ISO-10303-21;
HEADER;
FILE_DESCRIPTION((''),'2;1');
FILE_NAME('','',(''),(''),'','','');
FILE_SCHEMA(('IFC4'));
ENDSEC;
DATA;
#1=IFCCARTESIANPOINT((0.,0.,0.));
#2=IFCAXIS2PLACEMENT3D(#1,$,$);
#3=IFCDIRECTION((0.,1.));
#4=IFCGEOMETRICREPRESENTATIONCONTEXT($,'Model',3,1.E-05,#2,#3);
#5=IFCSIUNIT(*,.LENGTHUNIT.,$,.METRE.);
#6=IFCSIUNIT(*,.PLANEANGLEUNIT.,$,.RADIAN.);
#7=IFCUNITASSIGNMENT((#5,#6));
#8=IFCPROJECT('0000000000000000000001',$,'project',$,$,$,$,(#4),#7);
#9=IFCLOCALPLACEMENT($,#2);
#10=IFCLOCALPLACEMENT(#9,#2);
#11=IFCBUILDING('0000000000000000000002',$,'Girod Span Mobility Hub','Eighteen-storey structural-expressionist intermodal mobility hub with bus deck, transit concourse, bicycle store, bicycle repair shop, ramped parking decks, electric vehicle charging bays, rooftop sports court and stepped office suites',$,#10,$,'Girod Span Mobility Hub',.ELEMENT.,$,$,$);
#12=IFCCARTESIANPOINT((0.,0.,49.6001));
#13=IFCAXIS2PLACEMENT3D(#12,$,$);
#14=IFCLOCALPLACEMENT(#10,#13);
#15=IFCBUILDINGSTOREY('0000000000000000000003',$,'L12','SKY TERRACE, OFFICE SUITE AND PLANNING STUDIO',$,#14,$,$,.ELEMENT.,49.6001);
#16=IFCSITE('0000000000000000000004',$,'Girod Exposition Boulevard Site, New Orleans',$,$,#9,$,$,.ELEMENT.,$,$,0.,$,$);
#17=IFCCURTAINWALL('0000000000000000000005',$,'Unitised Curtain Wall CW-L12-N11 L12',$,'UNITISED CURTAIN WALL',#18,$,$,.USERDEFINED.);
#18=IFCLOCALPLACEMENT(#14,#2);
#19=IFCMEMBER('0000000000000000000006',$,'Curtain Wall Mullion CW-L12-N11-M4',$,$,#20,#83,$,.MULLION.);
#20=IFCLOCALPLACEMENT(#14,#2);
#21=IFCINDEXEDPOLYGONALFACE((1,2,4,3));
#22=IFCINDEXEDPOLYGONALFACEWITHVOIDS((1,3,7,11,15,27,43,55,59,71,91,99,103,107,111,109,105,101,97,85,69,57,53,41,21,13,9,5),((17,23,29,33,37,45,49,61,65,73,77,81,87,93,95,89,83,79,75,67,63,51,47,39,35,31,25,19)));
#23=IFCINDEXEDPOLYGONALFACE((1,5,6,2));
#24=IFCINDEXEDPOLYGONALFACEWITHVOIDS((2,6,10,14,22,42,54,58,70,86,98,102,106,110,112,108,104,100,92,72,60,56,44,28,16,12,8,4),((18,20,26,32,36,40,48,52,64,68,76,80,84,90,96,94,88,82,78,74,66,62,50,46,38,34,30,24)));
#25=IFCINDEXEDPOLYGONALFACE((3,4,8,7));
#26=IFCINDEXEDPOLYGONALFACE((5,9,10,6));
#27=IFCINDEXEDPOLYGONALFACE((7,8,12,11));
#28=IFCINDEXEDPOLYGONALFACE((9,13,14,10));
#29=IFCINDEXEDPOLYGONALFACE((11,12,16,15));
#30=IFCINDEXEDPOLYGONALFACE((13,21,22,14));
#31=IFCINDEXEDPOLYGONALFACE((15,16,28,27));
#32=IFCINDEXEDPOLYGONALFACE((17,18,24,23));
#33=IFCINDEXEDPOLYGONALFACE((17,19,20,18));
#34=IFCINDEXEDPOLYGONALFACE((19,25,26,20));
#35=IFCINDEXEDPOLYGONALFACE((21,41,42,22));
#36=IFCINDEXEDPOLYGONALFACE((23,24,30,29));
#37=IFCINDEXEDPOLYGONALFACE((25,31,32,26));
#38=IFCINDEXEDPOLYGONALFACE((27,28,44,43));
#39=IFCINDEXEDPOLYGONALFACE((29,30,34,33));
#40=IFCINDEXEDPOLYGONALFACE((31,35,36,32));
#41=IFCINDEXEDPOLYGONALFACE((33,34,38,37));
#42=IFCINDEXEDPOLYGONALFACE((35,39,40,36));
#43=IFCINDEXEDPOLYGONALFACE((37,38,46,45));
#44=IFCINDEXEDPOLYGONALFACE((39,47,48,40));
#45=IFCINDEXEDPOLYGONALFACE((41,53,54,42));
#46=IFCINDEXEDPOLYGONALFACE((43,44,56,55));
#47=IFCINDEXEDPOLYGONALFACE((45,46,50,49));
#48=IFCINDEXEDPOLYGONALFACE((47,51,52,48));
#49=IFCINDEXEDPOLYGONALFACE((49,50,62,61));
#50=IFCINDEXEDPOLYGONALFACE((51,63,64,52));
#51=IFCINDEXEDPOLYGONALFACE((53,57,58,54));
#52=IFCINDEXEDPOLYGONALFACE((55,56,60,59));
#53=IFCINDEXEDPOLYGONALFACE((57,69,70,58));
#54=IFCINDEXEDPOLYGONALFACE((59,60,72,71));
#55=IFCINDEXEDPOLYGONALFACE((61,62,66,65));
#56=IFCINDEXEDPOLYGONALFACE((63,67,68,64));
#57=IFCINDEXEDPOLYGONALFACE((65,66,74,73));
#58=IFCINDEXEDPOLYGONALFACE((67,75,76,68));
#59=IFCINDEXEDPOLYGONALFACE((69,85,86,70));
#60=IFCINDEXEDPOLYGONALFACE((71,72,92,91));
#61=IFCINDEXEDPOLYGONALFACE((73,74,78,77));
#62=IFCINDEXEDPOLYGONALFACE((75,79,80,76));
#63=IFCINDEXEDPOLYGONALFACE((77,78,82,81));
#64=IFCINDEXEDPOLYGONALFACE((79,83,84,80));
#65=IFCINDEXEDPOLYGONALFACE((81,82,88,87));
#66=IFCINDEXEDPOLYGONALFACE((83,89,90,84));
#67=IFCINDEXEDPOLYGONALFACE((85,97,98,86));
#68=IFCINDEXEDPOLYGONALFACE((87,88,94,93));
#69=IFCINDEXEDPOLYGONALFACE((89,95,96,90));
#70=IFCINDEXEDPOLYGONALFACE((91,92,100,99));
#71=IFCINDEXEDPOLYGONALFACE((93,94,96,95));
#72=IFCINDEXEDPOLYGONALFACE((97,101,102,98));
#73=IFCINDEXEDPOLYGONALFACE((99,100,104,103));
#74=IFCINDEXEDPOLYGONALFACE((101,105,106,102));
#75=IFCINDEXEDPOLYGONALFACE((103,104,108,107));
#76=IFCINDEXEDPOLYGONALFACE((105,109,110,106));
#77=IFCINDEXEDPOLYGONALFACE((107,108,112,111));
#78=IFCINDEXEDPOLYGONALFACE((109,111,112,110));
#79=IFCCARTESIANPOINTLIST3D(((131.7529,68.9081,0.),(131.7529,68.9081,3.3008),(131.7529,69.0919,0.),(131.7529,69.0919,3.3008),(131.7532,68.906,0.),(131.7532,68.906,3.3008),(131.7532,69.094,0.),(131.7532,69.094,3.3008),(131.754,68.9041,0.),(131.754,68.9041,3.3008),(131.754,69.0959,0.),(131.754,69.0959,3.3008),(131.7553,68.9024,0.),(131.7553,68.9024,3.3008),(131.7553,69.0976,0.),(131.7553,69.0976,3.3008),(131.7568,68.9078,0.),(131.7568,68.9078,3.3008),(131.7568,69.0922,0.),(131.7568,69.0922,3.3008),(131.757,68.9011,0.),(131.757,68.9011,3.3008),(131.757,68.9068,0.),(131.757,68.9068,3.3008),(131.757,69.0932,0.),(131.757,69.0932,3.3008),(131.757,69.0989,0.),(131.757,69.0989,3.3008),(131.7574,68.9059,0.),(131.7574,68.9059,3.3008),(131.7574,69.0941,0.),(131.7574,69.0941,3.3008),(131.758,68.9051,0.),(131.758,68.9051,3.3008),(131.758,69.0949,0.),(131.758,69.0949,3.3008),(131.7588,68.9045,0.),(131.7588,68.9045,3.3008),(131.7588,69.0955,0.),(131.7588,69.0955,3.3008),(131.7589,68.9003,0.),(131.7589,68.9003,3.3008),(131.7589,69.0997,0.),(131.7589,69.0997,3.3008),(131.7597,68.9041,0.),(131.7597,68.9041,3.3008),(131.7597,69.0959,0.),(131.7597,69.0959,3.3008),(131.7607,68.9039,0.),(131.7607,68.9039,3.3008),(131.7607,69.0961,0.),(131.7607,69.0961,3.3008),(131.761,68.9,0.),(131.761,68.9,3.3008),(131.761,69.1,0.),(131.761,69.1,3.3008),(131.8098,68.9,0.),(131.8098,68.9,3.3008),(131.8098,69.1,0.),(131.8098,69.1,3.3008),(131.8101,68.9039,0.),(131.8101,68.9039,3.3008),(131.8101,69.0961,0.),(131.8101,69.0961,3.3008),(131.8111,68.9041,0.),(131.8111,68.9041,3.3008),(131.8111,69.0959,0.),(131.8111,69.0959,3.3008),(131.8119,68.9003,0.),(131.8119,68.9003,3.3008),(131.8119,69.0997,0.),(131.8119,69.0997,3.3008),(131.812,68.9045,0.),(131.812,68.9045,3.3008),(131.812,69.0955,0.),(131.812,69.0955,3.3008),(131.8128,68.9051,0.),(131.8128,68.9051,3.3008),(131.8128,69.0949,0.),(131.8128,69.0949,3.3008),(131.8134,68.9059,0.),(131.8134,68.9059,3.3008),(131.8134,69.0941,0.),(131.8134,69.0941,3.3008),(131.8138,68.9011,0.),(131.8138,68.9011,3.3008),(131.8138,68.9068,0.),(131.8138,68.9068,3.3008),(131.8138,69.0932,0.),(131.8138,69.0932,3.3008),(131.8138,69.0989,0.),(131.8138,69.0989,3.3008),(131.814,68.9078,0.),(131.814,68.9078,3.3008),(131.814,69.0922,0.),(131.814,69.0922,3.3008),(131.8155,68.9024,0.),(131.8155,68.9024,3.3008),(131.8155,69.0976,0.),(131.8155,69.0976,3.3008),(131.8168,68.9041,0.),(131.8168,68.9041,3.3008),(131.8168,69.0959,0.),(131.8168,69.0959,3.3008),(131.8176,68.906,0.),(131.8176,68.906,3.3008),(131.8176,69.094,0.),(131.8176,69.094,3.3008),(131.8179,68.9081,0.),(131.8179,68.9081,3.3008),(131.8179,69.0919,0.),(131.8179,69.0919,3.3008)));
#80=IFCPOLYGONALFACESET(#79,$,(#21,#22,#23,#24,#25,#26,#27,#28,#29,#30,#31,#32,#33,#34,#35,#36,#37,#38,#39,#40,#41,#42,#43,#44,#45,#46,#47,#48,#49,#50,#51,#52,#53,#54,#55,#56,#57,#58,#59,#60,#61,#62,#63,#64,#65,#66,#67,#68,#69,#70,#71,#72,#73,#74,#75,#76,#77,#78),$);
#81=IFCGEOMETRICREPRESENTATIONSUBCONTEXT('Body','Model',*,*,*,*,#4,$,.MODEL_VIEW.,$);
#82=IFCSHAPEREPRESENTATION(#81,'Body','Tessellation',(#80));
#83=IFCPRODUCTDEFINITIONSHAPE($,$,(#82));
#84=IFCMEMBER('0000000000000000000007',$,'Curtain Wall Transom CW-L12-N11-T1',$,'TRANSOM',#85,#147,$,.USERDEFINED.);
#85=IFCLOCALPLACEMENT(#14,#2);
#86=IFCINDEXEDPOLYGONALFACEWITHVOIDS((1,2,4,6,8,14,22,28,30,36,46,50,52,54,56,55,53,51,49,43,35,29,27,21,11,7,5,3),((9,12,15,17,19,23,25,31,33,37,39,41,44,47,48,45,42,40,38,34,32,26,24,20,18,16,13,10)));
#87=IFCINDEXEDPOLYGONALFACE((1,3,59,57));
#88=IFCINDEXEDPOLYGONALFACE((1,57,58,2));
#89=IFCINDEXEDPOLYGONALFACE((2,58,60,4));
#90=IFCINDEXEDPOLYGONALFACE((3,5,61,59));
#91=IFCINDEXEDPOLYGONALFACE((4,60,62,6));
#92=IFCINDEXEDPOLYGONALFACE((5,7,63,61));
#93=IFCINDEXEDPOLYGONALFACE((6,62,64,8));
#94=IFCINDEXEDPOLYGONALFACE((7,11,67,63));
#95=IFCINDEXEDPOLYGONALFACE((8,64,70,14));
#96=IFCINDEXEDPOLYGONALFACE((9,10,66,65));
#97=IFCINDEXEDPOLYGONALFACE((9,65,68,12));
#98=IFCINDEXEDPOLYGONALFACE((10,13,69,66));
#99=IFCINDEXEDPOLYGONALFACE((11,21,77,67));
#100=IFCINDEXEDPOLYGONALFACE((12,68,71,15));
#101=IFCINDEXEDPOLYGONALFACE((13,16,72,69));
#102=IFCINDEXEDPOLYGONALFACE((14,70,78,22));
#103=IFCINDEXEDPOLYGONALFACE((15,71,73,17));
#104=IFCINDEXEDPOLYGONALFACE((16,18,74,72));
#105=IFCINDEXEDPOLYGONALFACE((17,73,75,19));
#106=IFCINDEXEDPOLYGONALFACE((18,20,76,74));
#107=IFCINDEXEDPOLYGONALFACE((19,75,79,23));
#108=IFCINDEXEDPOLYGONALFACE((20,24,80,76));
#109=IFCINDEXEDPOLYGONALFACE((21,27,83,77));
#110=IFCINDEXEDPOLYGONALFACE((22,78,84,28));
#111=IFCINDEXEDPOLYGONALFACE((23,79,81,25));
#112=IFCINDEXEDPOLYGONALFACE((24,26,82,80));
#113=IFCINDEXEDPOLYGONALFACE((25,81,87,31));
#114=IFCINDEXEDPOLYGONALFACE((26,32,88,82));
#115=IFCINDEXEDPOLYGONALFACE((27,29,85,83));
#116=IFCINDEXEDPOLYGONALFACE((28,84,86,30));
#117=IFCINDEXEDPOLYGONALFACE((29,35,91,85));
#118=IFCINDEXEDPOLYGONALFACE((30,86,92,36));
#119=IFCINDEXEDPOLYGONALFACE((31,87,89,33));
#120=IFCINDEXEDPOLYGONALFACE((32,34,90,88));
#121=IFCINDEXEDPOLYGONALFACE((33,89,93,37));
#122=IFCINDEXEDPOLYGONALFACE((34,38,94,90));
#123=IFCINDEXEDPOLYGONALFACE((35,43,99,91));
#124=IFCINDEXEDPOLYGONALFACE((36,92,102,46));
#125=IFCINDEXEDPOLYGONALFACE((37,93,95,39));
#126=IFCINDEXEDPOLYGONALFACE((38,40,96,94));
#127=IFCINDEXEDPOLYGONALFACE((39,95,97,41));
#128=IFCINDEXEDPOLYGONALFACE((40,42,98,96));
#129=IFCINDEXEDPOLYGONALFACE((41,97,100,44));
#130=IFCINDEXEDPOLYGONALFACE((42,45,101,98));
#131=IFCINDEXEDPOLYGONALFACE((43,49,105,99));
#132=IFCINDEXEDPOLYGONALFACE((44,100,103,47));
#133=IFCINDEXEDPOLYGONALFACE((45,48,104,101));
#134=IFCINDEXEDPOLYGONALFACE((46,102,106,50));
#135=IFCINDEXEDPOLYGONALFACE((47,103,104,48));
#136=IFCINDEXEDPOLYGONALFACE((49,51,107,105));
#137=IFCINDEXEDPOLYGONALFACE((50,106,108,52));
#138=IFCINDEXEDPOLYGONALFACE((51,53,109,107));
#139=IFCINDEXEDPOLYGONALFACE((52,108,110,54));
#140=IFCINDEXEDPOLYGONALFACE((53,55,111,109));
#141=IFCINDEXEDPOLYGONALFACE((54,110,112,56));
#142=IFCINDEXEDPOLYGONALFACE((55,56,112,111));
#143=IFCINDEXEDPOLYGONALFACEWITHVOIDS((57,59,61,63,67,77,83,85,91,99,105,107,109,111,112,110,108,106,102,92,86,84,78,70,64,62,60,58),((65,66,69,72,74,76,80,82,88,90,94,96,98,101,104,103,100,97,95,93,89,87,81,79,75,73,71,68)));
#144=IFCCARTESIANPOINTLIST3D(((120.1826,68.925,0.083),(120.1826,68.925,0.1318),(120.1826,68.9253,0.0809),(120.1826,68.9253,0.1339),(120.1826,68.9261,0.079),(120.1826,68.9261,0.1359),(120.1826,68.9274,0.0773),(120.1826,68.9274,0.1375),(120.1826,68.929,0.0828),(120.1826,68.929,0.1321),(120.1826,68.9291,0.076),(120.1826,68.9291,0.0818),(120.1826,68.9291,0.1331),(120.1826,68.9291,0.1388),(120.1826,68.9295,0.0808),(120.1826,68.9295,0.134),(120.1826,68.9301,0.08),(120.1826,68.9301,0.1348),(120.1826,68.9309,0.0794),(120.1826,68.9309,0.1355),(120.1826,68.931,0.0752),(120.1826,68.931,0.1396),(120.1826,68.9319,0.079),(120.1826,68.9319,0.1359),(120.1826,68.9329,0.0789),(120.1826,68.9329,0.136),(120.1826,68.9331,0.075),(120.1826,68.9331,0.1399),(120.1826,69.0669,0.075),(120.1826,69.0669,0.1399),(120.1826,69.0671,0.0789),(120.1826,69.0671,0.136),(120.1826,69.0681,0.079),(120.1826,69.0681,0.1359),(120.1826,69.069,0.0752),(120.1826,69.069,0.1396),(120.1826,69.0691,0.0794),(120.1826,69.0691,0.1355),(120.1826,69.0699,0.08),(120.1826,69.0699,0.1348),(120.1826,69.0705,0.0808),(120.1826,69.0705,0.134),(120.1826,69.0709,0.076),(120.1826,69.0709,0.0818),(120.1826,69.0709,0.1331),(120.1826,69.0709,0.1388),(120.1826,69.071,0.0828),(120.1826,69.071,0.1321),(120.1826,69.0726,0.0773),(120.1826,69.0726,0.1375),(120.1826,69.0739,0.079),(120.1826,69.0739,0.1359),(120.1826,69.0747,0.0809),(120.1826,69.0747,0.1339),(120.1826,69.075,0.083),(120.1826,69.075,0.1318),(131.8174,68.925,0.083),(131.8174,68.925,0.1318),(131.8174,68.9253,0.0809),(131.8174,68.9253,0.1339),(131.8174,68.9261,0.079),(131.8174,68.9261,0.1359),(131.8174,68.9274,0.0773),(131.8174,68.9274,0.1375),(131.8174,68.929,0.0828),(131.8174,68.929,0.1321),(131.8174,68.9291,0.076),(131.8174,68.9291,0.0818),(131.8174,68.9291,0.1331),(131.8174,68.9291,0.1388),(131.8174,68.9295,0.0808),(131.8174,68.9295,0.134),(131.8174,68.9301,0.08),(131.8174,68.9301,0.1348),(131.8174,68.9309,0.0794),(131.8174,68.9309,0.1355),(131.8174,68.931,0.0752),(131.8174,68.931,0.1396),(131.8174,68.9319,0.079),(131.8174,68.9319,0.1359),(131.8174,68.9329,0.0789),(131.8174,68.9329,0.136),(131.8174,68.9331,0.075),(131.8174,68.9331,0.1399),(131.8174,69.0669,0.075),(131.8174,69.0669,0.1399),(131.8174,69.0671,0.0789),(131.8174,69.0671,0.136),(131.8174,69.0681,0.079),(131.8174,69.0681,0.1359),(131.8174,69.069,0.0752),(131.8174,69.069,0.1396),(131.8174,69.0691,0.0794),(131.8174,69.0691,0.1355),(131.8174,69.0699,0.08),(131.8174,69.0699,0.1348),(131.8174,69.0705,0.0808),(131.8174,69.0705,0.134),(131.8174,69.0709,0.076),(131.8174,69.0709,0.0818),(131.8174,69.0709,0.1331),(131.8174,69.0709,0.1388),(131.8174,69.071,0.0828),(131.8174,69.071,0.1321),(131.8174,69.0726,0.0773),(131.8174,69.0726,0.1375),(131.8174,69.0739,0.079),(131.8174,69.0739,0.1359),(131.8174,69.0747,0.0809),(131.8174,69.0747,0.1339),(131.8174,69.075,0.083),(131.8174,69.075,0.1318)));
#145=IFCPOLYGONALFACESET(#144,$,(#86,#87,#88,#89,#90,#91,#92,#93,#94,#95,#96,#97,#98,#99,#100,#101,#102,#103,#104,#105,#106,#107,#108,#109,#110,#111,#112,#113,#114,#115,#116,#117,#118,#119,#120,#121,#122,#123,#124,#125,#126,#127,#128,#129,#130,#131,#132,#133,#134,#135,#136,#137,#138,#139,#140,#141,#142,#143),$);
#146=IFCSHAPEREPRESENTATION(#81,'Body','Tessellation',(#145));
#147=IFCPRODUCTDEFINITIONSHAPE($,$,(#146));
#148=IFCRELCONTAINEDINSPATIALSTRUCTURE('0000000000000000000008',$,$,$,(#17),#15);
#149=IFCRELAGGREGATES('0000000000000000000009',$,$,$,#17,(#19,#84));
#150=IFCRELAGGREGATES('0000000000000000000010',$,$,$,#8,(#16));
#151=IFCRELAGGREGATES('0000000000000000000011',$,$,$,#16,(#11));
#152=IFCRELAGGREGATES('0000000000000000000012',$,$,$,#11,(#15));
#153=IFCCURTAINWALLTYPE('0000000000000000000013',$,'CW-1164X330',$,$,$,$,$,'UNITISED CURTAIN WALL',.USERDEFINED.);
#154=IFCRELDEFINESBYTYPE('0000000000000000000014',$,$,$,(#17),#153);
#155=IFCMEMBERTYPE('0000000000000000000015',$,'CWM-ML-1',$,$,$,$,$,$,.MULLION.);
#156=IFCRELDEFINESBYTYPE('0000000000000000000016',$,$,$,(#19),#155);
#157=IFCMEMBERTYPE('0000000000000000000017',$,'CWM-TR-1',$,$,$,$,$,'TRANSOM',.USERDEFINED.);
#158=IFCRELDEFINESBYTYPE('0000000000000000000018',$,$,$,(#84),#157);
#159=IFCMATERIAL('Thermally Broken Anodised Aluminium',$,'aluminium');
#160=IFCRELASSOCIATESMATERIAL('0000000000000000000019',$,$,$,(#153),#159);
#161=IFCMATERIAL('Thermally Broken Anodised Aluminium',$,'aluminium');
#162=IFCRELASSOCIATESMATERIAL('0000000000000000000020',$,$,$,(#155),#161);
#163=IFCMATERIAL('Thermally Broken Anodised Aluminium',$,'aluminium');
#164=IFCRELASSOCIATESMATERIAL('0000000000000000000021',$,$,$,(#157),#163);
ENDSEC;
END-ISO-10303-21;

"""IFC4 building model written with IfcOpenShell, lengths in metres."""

from ifc_helpers import new_model, si_unit, direction, frame, origin, origin_2d, place, context, subcontext, project, spatial, hollow_rectangle, extrude, material, material_profile, profile_set, type_object, element, aggregate, save


model = new_model("IFC4")

# Units and contexts
model_context = context("Model", 3, precision=1e-05, world=origin(), true_north=direction((0.0, 1.0)))
body_context = subcontext(model_context, "Body", "Model", "MODEL_VIEW")
ifc_project = project(units=[si_unit("LENGTHUNIT", "METRE"), si_unit("PLANEANGLEUNIT", "RADIAN")], contexts=[model_context])

# Site, building, storey
site_placement = place(None, origin())
site = spatial("IfcSite", under=ifc_project, at=site_placement, Name="Girod Exposition Boulevard Site, New Orleans", CompositionType="ELEMENT", RefElevation=0.0)
building_placement = place(site_placement, origin())
building = spatial("IfcBuilding", under=site, at=building_placement, Name="Girod Span Mobility Hub", Description="Eighteen-storey structural-expressionist intermodal mobility hub with bus deck, transit concourse, bicycle store, bicycle repair shop, ramped parking decks, electric vehicle charging bays, rooftop sports court and stepped office suites", LongName="Girod Span Mobility Hub", CompositionType="ELEMENT")
storey_placement = place(building_placement, frame((0.0, 0.0, 49.6001)))
storey = spatial("IfcBuildingStorey", under=building, at=storey_placement, Name="L12", Description="SKY TERRACE, OFFICE SUITE AND PLANNING STUDIO", CompositionType="ELEMENT", Elevation=49.6001)

# Curtain wall, members
ifc_material_1 = material(Name="Thermally Broken Anodised Aluminium", Category="aluminium")
curtain_wall_type = type_object("IfcCurtainWallType", Name="CW-1164X330", ElementType="UNITISED CURTAIN WALL", PredefinedType="USERDEFINED", material=ifc_material_1)
curtain_wall_placement = place(storey_placement, origin())
curtain_wall = element("IfcCurtainWall", 1, at=curtain_wall_placement, inside=storey, type_object=curtain_wall_type, Name="Unitised Curtain Wall CW-L12-N11 L12", ObjectType="UNITISED CURTAIN WALL", PredefinedType="USERDEFINED")
ifc_material_2 = material(Name="Thermally Broken Anodised Aluminium", Category="aluminium")
ifc_material_profile_1 = material_profile(ifc_material_2, hollow_rectangle(XDim=0.2, YDim=0.0649, WallThickness=0.0039, InnerFilletRadius=0.0039, OuterFilletRadius=0.0081, at=origin_2d()), Name="CW-ML-65X200")
ifc_profile_set_1 = profile_set([ifc_material_profile_1], Name="Thermally Broken Anodised Aluminium")
member_type_1 = type_object("IfcMemberType", Name="CWM-ML-1", PredefinedType="MULLION", material=ifc_profile_set_1)
member_1_placement = place(storey_placement, frame((131.7854, 69.0, 0.0), z_axis=(0.0, 0.0, 1.0), x_axis=(0.0, 1.0, 0.0)))
member_1 = element("IfcMember", 2, at=member_1_placement, type_object=member_type_1, Name="Curtain Wall Mullion CW-L12-N11-M4", PredefinedType="MULLION", context=body_context, shape_type="SweptSolid", body=[
    extrude(hollow_rectangle(XDim=0.2, YDim=0.0649, WallThickness=0.0039, InnerFilletRadius=0.0039, OuterFilletRadius=0.0081, at=origin_2d()), origin(), (0.0, 0.0, 1.0), 3.3008),
])
ifc_material_3 = material(Name="Thermally Broken Anodised Aluminium", Category="aluminium")
ifc_material_profile_2 = material_profile(ifc_material_3, hollow_rectangle(XDim=0.1499, YDim=0.0649, WallThickness=0.0039, InnerFilletRadius=0.0039, OuterFilletRadius=0.0081, at=origin_2d()), Name="CW-TR-65X150")
ifc_profile_set_2 = profile_set([ifc_material_profile_2], Name="Thermally Broken Anodised Aluminium")
member_type_2 = type_object("IfcMemberType", Name="CWM-TR-1", ElementType="TRANSOM", PredefinedType="USERDEFINED", material=ifc_profile_set_2)
member_2_placement = place(storey_placement, frame((120.1826, 69.0, 0.1074), z_axis=(1.0, 0.0, 0.0), x_axis=(0.0, 1.0, 0.0)))
member_2 = element("IfcMember", 3, at=member_2_placement, type_object=member_type_2, Name="Curtain Wall Transom CW-L12-N11-T1", ObjectType="TRANSOM", PredefinedType="USERDEFINED", context=body_context, shape_type="SweptSolid", body=[
    extrude(hollow_rectangle(XDim=0.1499, YDim=0.0649, WallThickness=0.0039, InnerFilletRadius=0.0039, OuterFilletRadius=0.0081, at=origin_2d()), origin(), (0.0, 0.0, 1.0), 11.6348),
])
aggregate(curtain_wall, [member_1, member_2])

save(model, "model.ifc")
